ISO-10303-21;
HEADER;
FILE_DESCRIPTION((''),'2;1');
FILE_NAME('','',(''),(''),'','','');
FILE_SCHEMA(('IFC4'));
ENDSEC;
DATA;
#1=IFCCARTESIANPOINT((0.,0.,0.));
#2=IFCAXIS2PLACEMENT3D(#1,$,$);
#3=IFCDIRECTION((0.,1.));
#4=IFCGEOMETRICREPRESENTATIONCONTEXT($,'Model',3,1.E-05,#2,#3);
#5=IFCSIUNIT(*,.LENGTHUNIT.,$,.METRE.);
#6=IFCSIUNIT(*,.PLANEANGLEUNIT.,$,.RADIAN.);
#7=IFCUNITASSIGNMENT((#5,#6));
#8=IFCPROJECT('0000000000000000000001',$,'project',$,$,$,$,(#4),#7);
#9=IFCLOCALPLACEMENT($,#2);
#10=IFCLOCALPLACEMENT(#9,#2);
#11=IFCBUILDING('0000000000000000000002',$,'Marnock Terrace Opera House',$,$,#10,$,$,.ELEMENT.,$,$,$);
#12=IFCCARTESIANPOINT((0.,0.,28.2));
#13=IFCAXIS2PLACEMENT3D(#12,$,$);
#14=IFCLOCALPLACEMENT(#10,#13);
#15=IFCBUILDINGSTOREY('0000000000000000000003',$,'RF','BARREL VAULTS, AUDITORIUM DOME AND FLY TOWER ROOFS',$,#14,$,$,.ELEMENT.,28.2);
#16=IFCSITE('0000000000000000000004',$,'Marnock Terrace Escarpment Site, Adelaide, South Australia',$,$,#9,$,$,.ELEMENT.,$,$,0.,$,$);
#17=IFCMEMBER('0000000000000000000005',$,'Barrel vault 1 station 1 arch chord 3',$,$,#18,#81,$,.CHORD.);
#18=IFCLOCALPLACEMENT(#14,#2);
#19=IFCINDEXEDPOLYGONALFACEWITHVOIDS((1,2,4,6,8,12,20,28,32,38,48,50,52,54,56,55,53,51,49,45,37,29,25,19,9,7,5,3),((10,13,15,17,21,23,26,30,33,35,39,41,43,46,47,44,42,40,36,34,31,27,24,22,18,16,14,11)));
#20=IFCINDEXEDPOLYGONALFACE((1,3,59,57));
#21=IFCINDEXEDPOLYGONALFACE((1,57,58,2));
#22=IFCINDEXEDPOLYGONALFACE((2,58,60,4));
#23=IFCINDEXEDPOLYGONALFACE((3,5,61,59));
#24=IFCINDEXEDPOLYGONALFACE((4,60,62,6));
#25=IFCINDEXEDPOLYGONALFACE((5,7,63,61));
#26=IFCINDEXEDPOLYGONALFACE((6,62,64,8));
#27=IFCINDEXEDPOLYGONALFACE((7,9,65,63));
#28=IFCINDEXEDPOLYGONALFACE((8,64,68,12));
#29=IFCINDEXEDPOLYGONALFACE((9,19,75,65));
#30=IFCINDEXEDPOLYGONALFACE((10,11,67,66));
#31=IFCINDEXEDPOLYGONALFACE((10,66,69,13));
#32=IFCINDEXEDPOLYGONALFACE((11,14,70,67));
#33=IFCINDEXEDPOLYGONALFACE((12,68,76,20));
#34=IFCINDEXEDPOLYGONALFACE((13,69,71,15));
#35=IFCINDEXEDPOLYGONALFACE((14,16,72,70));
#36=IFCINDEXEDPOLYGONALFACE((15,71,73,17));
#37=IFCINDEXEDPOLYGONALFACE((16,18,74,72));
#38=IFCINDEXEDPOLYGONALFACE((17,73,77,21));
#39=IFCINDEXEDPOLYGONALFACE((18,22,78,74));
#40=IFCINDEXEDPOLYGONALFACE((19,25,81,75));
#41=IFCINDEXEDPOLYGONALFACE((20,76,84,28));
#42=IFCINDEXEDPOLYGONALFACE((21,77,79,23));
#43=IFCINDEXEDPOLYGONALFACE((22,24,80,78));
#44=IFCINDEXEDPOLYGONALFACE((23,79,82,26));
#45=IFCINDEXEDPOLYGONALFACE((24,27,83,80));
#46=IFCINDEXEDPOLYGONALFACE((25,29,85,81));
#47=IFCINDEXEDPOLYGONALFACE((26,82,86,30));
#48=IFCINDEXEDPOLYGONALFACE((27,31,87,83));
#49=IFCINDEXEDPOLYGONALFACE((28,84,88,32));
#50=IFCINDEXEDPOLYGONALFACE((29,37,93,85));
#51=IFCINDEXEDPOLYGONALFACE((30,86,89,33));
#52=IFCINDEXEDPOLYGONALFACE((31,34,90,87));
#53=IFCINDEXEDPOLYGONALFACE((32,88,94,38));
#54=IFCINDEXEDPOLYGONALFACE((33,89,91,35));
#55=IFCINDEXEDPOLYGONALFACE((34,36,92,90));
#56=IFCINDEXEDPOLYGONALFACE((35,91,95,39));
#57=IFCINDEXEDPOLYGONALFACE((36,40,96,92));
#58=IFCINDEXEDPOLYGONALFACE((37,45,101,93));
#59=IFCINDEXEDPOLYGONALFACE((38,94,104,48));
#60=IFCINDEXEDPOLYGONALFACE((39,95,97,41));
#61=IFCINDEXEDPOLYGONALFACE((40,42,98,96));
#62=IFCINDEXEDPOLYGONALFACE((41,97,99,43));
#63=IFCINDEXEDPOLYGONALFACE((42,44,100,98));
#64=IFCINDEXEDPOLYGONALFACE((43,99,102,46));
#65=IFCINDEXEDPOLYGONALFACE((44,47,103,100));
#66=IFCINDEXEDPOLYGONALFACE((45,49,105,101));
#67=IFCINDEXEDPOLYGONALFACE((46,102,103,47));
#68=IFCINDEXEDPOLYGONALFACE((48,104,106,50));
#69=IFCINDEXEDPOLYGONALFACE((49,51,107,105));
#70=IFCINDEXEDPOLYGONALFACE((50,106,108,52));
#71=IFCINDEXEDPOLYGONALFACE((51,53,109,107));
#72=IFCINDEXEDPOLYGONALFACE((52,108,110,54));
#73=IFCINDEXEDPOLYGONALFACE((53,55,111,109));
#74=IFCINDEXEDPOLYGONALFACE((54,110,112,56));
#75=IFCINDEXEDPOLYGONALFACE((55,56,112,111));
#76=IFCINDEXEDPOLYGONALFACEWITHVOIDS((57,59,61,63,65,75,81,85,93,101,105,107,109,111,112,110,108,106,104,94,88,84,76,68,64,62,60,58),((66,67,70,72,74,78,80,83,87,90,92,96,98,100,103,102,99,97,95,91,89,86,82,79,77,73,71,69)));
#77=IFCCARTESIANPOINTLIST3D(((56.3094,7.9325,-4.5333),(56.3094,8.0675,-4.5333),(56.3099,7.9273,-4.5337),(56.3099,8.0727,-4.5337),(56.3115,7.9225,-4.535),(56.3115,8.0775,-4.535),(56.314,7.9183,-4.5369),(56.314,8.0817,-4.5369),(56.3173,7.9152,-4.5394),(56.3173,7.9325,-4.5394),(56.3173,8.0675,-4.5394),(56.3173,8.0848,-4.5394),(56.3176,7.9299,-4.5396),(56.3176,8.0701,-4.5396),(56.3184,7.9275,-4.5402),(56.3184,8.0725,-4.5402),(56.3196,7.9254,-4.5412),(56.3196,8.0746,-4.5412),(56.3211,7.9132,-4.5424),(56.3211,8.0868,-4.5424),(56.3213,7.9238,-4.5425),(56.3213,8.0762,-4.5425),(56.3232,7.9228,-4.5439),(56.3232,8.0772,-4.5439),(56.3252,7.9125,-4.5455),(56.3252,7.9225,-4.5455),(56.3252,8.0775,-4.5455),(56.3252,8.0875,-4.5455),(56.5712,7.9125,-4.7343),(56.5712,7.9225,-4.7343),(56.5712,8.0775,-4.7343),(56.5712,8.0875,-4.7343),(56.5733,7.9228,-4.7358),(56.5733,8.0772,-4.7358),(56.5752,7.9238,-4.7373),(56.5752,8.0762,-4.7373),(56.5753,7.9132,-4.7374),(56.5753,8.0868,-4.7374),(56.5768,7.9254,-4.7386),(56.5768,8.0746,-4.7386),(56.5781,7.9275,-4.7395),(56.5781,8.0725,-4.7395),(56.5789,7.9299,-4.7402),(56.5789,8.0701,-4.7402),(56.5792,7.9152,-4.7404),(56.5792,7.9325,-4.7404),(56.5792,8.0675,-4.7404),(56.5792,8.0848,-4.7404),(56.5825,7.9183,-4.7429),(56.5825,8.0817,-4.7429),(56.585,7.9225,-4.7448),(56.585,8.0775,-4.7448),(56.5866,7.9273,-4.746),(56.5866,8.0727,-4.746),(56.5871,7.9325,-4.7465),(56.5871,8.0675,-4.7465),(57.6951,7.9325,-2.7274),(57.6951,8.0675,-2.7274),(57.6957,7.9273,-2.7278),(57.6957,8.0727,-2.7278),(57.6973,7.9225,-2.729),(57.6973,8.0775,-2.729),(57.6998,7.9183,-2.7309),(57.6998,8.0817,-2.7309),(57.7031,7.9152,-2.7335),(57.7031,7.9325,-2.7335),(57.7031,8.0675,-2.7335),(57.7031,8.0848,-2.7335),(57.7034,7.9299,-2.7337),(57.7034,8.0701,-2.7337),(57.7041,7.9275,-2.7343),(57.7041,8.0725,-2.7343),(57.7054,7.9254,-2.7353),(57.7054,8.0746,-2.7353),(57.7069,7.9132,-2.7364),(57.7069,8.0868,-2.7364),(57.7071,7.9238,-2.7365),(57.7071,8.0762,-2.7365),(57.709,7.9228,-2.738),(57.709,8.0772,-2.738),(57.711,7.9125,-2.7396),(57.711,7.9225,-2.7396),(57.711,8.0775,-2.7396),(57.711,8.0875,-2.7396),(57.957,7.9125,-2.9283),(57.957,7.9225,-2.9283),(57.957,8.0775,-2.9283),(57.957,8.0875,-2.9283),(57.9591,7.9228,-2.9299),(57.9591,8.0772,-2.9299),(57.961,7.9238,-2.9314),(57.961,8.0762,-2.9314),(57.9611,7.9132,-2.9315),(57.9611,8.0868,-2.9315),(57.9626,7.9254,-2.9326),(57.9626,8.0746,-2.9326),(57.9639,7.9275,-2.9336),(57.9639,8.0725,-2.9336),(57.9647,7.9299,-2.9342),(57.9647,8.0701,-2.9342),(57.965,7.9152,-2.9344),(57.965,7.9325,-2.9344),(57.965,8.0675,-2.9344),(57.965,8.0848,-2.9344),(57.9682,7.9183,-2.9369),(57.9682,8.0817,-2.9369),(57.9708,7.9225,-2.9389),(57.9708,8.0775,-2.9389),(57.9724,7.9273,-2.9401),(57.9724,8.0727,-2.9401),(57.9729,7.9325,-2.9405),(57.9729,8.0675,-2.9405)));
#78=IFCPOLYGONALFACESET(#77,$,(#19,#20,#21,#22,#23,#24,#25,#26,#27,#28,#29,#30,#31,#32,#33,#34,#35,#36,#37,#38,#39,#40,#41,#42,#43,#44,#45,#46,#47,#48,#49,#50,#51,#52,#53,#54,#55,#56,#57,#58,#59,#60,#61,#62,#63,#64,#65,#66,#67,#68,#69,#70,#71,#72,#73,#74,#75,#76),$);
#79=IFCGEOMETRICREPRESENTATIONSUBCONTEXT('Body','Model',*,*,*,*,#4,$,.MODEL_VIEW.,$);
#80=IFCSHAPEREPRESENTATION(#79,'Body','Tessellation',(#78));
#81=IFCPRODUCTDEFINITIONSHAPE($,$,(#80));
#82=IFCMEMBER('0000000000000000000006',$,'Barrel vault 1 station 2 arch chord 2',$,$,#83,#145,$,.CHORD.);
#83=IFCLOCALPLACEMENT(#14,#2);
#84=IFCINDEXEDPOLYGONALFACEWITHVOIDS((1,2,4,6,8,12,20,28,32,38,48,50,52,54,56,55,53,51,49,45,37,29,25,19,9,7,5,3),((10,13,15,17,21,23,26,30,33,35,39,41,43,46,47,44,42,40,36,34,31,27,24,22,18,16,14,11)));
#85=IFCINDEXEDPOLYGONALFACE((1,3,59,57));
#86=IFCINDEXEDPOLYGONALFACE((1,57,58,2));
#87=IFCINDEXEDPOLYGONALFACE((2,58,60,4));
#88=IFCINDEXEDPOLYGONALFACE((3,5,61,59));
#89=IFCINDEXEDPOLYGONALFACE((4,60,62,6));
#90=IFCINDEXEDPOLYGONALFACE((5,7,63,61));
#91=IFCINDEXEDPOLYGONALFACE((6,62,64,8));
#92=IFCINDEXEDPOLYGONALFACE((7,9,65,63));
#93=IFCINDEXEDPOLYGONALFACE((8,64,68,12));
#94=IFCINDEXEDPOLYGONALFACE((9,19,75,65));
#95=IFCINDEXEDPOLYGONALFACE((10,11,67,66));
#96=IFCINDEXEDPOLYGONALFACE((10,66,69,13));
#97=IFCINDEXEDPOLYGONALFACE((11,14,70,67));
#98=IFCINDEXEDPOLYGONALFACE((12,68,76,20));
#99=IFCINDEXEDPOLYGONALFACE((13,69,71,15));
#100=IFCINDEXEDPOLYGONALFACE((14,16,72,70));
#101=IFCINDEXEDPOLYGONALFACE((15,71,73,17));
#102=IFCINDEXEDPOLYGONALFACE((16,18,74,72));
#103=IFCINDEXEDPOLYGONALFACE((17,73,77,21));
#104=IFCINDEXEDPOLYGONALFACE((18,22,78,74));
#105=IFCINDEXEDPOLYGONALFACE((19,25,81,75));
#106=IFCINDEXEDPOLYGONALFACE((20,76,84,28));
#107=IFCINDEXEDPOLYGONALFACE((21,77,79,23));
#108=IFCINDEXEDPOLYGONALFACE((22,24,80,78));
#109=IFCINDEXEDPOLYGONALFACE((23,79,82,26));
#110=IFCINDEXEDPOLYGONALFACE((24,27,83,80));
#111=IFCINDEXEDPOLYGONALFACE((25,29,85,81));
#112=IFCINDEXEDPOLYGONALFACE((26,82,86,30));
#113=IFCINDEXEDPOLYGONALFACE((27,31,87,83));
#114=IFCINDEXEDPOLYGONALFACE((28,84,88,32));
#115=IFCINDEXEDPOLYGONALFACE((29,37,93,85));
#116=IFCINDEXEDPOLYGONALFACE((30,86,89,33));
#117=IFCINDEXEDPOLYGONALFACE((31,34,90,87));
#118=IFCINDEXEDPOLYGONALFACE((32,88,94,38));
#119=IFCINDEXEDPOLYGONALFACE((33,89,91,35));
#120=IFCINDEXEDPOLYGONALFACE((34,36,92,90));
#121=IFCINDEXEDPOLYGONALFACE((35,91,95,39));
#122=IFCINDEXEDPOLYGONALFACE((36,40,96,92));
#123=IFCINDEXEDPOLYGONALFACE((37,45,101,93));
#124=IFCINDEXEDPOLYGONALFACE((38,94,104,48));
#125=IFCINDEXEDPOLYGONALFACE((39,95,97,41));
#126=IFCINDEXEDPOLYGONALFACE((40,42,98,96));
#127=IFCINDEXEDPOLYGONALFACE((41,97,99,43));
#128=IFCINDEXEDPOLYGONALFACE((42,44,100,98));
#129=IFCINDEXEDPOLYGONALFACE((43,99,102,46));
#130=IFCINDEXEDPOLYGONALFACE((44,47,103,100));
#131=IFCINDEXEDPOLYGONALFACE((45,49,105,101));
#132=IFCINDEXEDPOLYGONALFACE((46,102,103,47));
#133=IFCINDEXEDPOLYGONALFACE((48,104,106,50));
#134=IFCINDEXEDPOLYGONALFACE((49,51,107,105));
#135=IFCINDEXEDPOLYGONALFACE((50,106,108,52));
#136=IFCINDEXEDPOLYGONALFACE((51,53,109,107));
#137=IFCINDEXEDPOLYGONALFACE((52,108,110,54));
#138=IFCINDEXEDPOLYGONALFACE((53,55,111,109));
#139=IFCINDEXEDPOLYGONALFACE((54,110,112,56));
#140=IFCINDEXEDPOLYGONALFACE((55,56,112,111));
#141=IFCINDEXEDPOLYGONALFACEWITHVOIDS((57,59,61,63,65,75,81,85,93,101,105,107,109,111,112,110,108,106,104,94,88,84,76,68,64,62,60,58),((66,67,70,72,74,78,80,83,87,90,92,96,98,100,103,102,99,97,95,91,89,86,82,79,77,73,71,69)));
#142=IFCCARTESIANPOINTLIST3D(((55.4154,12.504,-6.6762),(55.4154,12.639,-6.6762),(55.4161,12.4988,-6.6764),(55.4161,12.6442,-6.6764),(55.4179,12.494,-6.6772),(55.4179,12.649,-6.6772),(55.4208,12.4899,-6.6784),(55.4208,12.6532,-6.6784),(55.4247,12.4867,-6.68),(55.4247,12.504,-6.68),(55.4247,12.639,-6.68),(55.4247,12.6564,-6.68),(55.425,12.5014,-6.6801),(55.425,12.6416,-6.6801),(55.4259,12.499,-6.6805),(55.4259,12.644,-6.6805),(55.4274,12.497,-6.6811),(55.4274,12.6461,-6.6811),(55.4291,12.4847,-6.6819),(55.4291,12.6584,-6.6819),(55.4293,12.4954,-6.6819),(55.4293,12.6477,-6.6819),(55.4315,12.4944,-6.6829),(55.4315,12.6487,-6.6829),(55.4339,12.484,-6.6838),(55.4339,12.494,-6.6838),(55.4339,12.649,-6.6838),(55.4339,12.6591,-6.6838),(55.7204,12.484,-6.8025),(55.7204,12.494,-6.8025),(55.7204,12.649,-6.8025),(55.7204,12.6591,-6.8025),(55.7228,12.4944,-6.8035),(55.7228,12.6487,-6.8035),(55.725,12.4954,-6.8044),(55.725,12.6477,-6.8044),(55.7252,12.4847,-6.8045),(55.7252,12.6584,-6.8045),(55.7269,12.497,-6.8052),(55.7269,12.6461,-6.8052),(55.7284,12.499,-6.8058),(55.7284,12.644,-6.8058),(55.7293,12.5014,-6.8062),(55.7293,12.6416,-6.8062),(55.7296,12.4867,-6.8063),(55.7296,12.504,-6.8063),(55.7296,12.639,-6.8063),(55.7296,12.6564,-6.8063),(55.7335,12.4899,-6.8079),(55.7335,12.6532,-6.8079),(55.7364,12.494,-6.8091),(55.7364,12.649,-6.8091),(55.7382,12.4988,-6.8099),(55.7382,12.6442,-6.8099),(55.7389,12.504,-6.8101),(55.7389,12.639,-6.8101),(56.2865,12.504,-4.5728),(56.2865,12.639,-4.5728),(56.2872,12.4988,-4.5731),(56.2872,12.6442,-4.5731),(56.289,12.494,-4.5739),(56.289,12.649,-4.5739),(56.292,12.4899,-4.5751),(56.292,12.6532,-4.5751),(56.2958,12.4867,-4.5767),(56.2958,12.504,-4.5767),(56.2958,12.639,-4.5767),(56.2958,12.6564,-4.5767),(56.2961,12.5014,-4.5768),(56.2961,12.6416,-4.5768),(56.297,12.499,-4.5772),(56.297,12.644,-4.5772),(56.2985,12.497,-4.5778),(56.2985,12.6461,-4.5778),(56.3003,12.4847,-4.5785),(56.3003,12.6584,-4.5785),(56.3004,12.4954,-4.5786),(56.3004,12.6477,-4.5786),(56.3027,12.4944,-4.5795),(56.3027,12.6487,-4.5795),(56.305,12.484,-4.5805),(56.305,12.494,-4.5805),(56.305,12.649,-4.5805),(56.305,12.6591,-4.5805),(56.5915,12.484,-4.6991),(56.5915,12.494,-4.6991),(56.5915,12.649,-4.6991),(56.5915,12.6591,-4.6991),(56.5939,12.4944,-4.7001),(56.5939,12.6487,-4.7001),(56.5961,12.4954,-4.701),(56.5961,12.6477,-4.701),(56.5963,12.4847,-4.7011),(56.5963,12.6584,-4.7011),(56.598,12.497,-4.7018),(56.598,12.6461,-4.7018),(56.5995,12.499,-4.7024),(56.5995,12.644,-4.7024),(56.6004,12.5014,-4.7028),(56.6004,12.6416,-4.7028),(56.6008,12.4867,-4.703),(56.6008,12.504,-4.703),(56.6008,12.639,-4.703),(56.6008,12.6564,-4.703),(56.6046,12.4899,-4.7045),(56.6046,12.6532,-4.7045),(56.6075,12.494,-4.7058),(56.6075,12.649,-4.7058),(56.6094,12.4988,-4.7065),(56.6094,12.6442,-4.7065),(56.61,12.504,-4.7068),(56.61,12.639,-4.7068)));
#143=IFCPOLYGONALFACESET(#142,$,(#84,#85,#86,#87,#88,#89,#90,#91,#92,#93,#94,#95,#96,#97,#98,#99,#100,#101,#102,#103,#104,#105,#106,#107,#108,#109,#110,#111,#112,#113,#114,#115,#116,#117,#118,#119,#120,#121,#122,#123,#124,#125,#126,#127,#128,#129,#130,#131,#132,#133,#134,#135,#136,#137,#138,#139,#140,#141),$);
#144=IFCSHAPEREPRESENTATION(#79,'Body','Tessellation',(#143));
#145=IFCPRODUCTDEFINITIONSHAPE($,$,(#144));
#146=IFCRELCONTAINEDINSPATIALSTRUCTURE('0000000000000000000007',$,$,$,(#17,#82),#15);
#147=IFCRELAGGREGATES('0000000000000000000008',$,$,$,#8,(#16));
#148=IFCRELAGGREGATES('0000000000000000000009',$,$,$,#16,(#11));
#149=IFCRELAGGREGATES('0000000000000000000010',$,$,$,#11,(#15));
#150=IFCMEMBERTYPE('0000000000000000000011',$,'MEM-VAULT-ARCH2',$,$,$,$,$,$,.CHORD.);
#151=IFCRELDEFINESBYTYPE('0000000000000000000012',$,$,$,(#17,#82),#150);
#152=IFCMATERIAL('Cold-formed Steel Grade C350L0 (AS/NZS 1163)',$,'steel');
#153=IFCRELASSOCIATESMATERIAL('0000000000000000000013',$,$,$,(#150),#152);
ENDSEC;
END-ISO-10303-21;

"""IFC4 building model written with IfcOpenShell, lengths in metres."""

from ifc_helpers import new_model, si_unit, direction, frame, origin, origin_2d, place, context, subcontext, project, spatial, hollow_rectangle, extrude, material, material_profile, profile_set, type_object, element, save


model = new_model("IFC4")

# Units and contexts
model_context = context("Model", 3, precision=1e-05, world=origin(), true_north=direction((0.0, 1.0)))
body_context = subcontext(model_context, "Body", "Model", "MODEL_VIEW")
ifc_project = project(units=[si_unit("LENGTHUNIT", "METRE"), si_unit("PLANEANGLEUNIT", "RADIAN")], contexts=[model_context])

# Site, building, storey
site_placement = place(None, origin())
site = spatial("IfcSite", under=ifc_project, at=site_placement, Name="Marnock Terrace Escarpment Site, Adelaide, South Australia", CompositionType="ELEMENT", RefElevation=0.0)
building_placement = place(site_placement, origin())
building = spatial("IfcBuilding", under=site, at=building_placement, Name="Marnock Terrace Opera House", CompositionType="ELEMENT")
storey_placement = place(building_placement, frame((0.0, 0.0, 28.2)))
storey = spatial("IfcBuildingStorey", under=building, at=storey_placement, Name="RF", Description="BARREL VAULTS, AUDITORIUM DOME AND FLY TOWER ROOFS", CompositionType="ELEMENT", Elevation=28.2)

# Members
ifc_material_1 = material(Name="Cold-formed Steel Grade C350L0 (AS/NZS 1163)", Category="steel")
ifc_material_profile_1 = material_profile(ifc_material_1, hollow_rectangle(XDim=0.175, YDim=0.3501, WallThickness=0.01, InnerFilletRadius=0.01, OuterFilletRadius=0.02, at=origin_2d()))
ifc_profile_set_1 = profile_set([ifc_material_profile_1], Name="Cold-formed Steel Grade C350L0 (AS/NZS 1163)")
member_type_1 = type_object("IfcMemberType", Name="MEM-VAULT-ARCH2", PredefinedType="CHORD", material=ifc_profile_set_1)
member_1_placement = place(storey_placement, frame((56.4482, 8.0, -4.6399), z_axis=(0.608767, 0.0, 0.793349), x_axis=(0.0, 1.0, 0.0)))
element("IfcMember", 1, at=member_1_placement, inside=storey, type_object=member_type_1, Name="Barrel vault 1 station 1 arch chord 3", PredefinedType="CHORD", context=body_context, shape_type="SweptSolid", body=[
    extrude(hollow_rectangle(XDim=0.175, YDim=0.3501, WallThickness=0.01, InnerFilletRadius=0.01, OuterFilletRadius=0.02, at=origin_2d()), origin(), (0.0, 0.0, 1.0), 2.2764),
])
member_2_placement = place(storey_placement, frame((55.5771, 12.5715, -6.7432), z_axis=(0.382642, 0.0, 0.923897), x_axis=(0.0, 1.0, 0.0)))
element("IfcMember", 2, at=member_2_placement, inside=storey, type_object=member_type_1, Name="Barrel vault 1 station 2 arch chord 2", PredefinedType="CHORD", context=body_context, shape_type="SweptSolid", body=[
    extrude(hollow_rectangle(XDim=0.175, YDim=0.3501, WallThickness=0.01, InnerFilletRadius=0.01, OuterFilletRadius=0.02, at=origin_2d()), origin(), (0.0, 0.0, 1.0), 2.2766),
])

save(model, "model.ifc")
